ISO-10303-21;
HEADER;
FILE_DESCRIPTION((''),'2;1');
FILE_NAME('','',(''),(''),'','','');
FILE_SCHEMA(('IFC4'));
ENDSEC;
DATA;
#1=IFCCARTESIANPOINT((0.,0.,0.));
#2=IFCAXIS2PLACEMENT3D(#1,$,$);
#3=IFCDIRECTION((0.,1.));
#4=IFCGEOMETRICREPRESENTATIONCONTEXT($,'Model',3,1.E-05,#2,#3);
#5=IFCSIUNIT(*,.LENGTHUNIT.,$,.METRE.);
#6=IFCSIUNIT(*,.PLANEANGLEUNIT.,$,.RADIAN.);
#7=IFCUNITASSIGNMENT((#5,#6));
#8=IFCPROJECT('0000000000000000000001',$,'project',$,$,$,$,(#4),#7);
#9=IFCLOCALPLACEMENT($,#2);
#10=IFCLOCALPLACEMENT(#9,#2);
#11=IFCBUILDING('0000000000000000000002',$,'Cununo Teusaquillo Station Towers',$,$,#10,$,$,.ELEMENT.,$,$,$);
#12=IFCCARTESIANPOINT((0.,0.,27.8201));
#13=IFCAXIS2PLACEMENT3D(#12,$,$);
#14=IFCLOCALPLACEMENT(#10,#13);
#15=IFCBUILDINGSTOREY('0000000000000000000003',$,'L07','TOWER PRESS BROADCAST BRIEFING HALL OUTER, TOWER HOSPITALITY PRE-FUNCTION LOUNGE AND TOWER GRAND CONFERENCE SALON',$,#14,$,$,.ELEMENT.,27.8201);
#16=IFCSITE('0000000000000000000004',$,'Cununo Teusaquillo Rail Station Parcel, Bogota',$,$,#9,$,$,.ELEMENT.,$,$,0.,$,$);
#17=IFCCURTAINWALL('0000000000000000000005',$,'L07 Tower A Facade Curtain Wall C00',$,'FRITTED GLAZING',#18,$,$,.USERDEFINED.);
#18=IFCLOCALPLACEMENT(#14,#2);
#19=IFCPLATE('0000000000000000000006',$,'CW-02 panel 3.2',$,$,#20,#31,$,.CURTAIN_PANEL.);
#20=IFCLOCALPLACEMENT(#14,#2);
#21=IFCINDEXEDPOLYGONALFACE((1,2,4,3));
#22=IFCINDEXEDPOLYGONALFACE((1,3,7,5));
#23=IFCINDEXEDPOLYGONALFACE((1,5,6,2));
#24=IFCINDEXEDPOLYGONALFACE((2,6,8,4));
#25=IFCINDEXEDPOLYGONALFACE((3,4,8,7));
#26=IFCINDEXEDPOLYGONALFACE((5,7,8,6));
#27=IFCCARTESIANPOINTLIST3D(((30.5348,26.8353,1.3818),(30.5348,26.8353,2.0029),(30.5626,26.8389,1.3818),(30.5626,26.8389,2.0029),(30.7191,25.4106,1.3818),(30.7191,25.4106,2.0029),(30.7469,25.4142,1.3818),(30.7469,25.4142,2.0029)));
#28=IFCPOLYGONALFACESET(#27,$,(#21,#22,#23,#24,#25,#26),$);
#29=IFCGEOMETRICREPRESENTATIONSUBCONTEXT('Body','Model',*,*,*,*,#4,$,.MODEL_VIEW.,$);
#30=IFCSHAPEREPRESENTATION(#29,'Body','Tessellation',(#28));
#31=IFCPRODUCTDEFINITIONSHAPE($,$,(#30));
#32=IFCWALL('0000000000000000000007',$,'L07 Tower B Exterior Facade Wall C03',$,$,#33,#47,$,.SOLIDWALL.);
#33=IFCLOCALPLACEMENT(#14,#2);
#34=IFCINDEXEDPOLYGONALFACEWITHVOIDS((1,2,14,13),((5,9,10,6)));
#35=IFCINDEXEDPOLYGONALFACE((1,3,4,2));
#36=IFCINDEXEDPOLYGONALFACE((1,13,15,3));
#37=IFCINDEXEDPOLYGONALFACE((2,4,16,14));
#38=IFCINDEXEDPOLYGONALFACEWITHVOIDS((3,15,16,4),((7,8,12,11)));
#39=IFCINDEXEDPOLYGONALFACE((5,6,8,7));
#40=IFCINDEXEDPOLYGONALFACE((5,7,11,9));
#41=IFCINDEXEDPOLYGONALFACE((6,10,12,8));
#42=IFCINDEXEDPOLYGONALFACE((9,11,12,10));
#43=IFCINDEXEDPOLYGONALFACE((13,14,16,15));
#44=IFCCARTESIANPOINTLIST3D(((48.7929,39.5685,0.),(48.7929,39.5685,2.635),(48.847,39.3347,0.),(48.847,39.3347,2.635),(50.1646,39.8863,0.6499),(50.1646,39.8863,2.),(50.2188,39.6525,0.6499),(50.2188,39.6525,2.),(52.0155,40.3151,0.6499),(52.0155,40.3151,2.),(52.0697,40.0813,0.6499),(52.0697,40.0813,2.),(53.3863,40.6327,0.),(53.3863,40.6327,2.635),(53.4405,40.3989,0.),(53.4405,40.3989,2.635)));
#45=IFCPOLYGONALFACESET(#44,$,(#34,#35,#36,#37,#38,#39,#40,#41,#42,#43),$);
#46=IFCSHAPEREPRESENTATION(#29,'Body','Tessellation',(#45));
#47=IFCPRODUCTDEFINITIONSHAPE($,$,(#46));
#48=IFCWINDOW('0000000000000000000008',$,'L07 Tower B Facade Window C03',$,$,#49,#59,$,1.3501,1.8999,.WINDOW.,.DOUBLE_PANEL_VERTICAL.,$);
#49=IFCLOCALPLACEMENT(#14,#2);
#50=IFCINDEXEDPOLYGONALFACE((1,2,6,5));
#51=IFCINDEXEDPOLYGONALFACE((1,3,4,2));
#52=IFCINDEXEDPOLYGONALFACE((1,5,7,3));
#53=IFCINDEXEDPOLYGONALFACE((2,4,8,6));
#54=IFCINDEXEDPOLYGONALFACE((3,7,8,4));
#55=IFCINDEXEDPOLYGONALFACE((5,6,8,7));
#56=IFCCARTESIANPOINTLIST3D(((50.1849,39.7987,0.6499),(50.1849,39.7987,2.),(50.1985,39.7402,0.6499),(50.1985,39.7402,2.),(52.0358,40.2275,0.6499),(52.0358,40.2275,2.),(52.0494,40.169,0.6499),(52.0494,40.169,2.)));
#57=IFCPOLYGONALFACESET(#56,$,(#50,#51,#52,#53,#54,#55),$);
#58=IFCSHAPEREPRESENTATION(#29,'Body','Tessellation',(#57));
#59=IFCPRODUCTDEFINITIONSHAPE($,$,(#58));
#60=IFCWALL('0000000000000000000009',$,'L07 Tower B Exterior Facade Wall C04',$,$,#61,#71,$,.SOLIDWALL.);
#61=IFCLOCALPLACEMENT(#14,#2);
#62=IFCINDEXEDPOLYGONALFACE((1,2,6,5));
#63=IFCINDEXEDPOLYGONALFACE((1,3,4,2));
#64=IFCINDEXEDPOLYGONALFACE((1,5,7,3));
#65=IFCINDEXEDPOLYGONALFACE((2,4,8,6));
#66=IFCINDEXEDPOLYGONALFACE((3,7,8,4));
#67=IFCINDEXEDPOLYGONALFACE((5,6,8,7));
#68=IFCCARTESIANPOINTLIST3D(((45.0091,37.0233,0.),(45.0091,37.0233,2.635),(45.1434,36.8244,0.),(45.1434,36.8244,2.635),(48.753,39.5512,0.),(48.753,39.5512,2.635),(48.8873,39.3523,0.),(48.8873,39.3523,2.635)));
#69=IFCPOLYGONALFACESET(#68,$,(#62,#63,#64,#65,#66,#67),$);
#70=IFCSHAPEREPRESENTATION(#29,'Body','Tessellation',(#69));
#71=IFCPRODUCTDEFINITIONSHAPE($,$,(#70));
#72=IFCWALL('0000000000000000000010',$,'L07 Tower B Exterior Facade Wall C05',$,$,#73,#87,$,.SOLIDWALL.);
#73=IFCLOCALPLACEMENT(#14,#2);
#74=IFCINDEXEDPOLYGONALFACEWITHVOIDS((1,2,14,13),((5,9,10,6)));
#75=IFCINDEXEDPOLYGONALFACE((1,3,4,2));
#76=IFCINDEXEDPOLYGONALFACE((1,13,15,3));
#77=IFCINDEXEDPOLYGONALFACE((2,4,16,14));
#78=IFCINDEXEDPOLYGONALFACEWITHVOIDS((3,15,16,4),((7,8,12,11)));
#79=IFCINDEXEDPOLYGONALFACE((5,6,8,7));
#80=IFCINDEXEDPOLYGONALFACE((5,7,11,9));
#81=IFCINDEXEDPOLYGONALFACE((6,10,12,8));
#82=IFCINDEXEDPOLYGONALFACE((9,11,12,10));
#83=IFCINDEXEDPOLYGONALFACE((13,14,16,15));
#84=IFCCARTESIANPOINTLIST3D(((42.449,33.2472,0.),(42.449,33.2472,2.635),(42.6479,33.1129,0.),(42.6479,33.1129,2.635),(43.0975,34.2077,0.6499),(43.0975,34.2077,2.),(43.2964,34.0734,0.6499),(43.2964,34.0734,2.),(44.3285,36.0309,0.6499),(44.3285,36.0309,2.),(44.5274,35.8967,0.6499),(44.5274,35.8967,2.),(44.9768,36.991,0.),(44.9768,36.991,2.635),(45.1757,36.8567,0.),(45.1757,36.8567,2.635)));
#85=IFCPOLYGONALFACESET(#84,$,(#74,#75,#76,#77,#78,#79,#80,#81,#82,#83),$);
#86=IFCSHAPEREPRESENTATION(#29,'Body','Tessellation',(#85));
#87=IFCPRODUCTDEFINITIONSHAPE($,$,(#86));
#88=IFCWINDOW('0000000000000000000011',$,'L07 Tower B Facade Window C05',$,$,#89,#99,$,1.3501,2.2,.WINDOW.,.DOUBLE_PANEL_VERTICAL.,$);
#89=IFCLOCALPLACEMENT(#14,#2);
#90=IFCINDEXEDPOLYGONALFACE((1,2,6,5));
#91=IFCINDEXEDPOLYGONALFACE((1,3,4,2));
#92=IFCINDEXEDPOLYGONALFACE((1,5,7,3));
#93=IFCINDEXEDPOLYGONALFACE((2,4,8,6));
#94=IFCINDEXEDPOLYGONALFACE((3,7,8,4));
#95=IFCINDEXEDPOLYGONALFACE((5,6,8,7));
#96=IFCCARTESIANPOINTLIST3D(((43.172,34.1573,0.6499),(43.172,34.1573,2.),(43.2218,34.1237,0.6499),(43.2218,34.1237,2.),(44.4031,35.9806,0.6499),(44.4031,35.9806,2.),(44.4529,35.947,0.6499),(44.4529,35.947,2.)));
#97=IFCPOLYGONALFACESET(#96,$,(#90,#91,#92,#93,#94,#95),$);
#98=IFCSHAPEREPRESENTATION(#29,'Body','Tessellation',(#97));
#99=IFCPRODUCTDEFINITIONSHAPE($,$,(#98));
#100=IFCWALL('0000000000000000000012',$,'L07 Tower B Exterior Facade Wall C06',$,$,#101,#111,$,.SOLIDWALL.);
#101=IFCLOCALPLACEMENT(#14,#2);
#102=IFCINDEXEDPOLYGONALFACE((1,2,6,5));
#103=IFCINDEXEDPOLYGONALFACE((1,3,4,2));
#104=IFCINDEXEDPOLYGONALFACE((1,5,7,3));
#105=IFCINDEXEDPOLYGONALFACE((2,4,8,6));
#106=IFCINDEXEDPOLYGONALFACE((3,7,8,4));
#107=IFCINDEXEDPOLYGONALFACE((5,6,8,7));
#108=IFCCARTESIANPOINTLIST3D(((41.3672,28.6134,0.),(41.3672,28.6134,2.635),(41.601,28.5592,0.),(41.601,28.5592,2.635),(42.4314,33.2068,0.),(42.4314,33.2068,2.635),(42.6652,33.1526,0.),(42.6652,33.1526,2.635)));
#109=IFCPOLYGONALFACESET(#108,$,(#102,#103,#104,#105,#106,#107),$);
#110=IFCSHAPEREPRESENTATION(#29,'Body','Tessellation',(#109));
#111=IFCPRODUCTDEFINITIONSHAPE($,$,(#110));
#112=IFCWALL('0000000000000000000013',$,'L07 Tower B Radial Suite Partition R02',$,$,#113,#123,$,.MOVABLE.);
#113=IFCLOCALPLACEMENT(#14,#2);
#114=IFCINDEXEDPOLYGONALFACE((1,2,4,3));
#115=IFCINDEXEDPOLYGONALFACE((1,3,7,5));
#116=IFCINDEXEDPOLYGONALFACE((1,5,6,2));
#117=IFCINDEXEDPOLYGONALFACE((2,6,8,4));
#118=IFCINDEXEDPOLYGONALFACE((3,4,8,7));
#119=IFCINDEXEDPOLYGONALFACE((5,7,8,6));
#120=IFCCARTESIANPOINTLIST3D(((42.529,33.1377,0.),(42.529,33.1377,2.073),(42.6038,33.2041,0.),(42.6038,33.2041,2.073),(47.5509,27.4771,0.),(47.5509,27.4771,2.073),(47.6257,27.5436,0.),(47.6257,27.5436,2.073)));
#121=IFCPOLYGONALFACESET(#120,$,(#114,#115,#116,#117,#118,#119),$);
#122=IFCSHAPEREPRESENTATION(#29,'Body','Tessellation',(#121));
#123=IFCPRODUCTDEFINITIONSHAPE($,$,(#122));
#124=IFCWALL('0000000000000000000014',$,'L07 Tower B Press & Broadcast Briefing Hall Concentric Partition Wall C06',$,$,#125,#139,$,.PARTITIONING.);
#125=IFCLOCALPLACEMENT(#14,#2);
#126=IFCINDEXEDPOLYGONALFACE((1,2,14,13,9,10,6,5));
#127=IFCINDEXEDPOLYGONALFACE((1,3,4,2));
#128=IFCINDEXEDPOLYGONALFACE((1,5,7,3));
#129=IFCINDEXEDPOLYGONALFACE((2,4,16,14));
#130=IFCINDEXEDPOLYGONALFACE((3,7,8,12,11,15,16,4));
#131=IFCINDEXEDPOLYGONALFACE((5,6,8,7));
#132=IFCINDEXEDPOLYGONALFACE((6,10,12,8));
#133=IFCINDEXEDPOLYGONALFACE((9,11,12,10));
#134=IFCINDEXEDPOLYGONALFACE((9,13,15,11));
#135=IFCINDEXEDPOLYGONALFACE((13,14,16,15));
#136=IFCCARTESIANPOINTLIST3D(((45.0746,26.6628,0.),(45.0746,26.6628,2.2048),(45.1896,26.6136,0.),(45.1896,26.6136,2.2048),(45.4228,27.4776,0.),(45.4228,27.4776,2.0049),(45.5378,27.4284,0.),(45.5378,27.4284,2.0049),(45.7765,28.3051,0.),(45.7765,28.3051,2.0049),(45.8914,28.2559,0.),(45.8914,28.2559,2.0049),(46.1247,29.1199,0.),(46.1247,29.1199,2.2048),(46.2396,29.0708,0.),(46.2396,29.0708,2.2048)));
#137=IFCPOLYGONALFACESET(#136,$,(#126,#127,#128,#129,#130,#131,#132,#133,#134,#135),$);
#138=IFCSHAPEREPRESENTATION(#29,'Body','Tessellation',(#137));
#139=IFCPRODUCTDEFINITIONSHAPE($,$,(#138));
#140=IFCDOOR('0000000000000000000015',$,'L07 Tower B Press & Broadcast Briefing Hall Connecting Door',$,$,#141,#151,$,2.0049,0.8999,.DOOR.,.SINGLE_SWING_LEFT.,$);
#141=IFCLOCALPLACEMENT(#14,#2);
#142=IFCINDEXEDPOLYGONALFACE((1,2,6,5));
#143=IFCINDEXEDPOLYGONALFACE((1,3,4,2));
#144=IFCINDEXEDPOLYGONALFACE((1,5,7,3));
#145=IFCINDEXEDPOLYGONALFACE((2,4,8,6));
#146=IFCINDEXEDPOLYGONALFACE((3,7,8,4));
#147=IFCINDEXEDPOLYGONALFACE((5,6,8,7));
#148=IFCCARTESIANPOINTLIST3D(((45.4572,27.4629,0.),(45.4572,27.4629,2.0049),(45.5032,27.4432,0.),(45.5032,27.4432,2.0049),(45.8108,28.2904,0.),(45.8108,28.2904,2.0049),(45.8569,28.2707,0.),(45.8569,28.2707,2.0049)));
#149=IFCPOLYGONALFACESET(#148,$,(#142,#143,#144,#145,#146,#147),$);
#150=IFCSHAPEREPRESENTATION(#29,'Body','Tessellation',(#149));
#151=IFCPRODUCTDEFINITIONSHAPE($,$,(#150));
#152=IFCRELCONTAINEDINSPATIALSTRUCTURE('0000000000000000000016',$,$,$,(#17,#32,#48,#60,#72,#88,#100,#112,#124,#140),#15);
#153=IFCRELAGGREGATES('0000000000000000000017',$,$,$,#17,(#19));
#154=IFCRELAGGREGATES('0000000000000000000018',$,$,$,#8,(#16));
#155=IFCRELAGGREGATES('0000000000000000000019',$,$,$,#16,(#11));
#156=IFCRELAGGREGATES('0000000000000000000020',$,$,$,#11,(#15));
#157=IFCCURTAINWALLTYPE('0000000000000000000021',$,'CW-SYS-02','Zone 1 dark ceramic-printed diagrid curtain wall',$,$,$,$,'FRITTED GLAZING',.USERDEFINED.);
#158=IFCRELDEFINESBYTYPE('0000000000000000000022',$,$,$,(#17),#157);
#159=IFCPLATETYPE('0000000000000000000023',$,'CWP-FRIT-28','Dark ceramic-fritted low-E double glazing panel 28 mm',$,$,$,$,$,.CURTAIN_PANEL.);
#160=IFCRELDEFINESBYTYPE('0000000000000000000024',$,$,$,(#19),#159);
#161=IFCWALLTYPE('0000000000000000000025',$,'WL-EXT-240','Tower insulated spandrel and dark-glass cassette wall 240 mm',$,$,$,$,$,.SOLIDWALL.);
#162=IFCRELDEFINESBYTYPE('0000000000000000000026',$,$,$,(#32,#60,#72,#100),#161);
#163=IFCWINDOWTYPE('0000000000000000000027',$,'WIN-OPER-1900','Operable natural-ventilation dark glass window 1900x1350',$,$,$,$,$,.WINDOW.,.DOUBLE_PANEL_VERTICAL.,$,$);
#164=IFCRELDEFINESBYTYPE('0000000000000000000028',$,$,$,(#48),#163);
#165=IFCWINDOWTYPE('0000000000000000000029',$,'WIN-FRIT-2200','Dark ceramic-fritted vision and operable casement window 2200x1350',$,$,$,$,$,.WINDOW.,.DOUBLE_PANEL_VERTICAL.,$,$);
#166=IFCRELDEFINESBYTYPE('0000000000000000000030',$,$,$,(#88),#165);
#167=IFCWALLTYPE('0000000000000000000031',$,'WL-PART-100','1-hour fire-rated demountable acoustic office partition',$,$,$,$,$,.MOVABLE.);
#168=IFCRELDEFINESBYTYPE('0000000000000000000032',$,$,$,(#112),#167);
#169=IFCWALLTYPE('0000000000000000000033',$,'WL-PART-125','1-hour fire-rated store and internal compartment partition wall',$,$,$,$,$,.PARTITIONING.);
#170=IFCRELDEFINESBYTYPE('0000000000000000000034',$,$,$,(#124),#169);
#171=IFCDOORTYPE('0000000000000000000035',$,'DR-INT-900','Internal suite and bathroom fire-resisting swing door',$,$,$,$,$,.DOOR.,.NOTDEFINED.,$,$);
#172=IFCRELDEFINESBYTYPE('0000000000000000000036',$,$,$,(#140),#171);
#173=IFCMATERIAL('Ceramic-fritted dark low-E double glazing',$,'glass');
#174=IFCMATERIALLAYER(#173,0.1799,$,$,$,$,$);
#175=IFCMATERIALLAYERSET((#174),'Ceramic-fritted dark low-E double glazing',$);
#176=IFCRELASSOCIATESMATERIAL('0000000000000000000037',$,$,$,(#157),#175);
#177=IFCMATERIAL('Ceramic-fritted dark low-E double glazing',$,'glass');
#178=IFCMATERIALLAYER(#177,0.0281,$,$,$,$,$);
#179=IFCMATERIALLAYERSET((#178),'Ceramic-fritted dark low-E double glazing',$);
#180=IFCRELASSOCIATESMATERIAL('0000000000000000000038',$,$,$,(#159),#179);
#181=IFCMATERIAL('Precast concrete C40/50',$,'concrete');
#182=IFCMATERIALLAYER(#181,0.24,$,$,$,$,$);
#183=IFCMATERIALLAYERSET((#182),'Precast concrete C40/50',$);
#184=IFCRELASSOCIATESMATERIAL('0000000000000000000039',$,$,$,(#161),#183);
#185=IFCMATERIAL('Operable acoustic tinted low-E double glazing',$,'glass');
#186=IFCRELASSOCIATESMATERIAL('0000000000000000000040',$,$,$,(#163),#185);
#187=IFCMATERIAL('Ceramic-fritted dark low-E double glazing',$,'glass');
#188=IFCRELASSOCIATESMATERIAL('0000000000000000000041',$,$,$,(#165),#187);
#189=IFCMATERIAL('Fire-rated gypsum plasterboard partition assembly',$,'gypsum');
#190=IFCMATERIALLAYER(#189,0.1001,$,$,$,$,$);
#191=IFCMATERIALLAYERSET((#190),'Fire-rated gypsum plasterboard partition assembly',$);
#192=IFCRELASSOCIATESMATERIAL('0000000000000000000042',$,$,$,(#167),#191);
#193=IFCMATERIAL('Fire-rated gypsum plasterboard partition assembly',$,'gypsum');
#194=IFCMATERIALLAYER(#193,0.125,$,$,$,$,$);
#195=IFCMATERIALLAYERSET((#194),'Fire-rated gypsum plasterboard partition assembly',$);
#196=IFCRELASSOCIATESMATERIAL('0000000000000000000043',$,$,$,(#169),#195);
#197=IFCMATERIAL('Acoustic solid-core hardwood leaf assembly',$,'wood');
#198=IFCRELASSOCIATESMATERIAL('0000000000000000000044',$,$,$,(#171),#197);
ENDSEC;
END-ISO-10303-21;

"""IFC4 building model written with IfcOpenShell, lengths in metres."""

from ifc_helpers import new_model, si_unit, direction, frame, frame_2d, origin, origin_2d, place, context, subcontext, project, spatial, rectangle, extrude, source, transform, mapped, material, layer, layer_set, type_object, element, fill, aggregate, save


model = new_model("IFC4")

# Units and contexts
model_context = context("Model", 3, precision=1e-05, world=origin(), true_north=direction((0.0, 1.0)))
body_context = subcontext(model_context, "Body", "Model", "MODEL_VIEW")
ifc_project = project(units=[si_unit("LENGTHUNIT", "METRE"), si_unit("PLANEANGLEUNIT", "RADIAN")], contexts=[model_context])

# Site, building, storey
site_placement = place(None, origin())
site = spatial("IfcSite", under=ifc_project, at=site_placement, Name="Cununo Teusaquillo Rail Station Parcel, Bogota", CompositionType="ELEMENT", RefElevation=0.0)
building_placement = place(site_placement, origin())
building = spatial("IfcBuilding", under=site, at=building_placement, Name="Cununo Teusaquillo Station Towers", CompositionType="ELEMENT")
storey_placement = place(building_placement, frame((0.0, 0.0, 27.8201)))
storey = spatial("IfcBuildingStorey", under=building, at=storey_placement, Name="L07", Description="TOWER PRESS BROADCAST BRIEFING HALL OUTER, TOWER HOSPITALITY PRE-FUNCTION LOUNGE AND TOWER GRAND CONFERENCE SALON", CompositionType="ELEMENT", Elevation=27.8201)

# Curtain wall, plate
ifc_material_1 = material(Name="Ceramic-fritted dark low-E double glazing", Category="glass")
ifc_layer_1 = layer(ifc_material_1, 0.1799)
ifc_layer_set_1 = layer_set([ifc_layer_1], Name="Ceramic-fritted dark low-E double glazing")
curtain_wall_type = type_object("IfcCurtainWallType", Name="CW-SYS-02", Description="Zone 1 dark ceramic-printed diagrid curtain wall", ElementType="FRITTED GLAZING", PredefinedType="USERDEFINED", material=ifc_layer_set_1)
curtain_wall_placement = place(storey_placement, origin())
curtain_wall = element("IfcCurtainWall", 1, at=curtain_wall_placement, inside=storey, type_object=curtain_wall_type, Name="L07 Tower A Facade Curtain Wall C00", ObjectType="FRITTED GLAZING", PredefinedType="USERDEFINED")
ifc_material_2 = material(Name="Ceramic-fritted dark low-E double glazing", Category="glass")
ifc_layer_2 = layer(ifc_material_2, 0.0281)
ifc_layer_set_2 = layer_set([ifc_layer_2], Name="Ceramic-fritted dark low-E double glazing")
plate_type = type_object("IfcPlateType", Name="CWP-FRIT-28", Description="Dark ceramic-fritted low-E double glazing panel 28 mm", PredefinedType="CURTAIN_PANEL", material=ifc_layer_set_2)
shared_shape_1 = source(origin(), body_context, "Body", "SweptSolid", [
    extrude(rectangle(XDim=1.4365, YDim=0.0281, at=origin_2d()), origin(), (0.0, 0.0, 1.0), 0.6211),
])
plate_placement = place(storey_placement, frame((30.6409, 26.1248, 1.3818), z_axis=(0.0, 0.0, 1.0), x_axis=(0.128292, -0.991736, 0.0)))
plate = element("IfcPlate", 2, at=plate_placement, type_object=plate_type, Name="CW-02 panel 3.2", PredefinedType="CURTAIN_PANEL", context=body_context, shape_type="MappedRepresentation", body=[
    mapped(shared_shape_1, transform((0.0, 0.0, 0.0), x_axis=(1.0, 0.0, 0.0), y_axis=(0.0, 1.0, 0.0), z_axis=(0.0, 0.0, 1.0), scale=1.0)),
])
aggregate(curtain_wall, [plate])

# Wall, opening, window
ifc_material_3 = material(Name="Precast concrete C40/50", Category="concrete")
ifc_layer_3 = layer(ifc_material_3, 0.24)
ifc_layer_set_3 = layer_set([ifc_layer_3], Name="Precast concrete C40/50")
wall_type_1 = type_object("IfcWallType", Name="WL-EXT-240", Description="Tower insulated spandrel and dark-glass cassette wall 240 mm", PredefinedType="SOLIDWALL", material=ifc_layer_set_3)
wall_1_placement = place(storey_placement, frame((48.8201, 39.4517, 0.0), z_axis=(0.0, 0.0, 1.0), x_axis=(0.974197, 0.225699, 0.0)))
wall_1 = element("IfcWall", 3, at=wall_1_placement, inside=storey, type_object=wall_type_1, Name="L07 Tower B Exterior Facade Wall C03", PredefinedType="SOLIDWALL", context=body_context, shape_type="SweptSolid", body=[
    extrude(rectangle(XDim=4.7151, YDim=0.24, at=frame_2d((2.3574, 0.0))), origin(), (0.0, 0.0, 1.0), 2.635),
])
shared_shape_2 = source(origin(), body_context, "Body", "SweptSolid", [
    extrude(rectangle(XDim=1.8999, YDim=1.3501, at=frame_2d((0.95, 0.675))), frame((0.0, 0.1299, 0.0), z_axis=(0.0, -1.0, 0.0), x_axis=(1.0, 0.0, 0.0)), (0.0, 0.0, 1.0), 0.26),
])
opening_1_placement = place(wall_1_placement, frame((1.408, 0.0, 0.6499)))
opening_1 = element("IfcOpeningElement", 4, at=opening_1_placement, cuts=wall_1, PredefinedType="OPENING", context=body_context, shape_type="MappedRepresentation", body=[
    mapped(shared_shape_2, transform((0.0, 0.0, 0.0), x_axis=(1.0, 0.0, 0.0), y_axis=(0.0, 1.0, 0.0), z_axis=(0.0, 0.0, 1.0), scale=1.0)),
])
ifc_material_4 = material(Name="Operable acoustic tinted low-E double glazing", Category="glass")
window_type_1 = type_object("IfcWindowType", Name="WIN-OPER-1900", Description="Operable natural-ventilation dark glass window 1900x1350", PartitioningType="DOUBLE_PANEL_VERTICAL", PredefinedType="WINDOW", material=ifc_material_4)
shared_shape_3 = source(origin(), body_context, "Body", "SweptSolid", [
    extrude(rectangle(XDim=1.8999, YDim=1.3501, at=frame_2d((0.95, 0.675))), frame((0.0, 0.03, 0.0), z_axis=(0.0, -1.0, 0.0), x_axis=(1.0, 0.0, 0.0)), (0.0, 0.0, 1.0), 0.0601),
])
window_1_placement = place(opening_1_placement, origin())
window_1 = element("IfcWindow", 5, at=window_1_placement, inside=storey, type_object=window_type_1, Name="L07 Tower B Facade Window C03", OverallHeight=1.3501, OverallWidth=1.8999, PartitioningType="DOUBLE_PANEL_VERTICAL", PredefinedType="WINDOW", context=body_context, shape_type="MappedRepresentation", body=[
    mapped(shared_shape_3, transform((0.0, 0.0, 0.0), x_axis=(1.0, 0.0, 0.0), y_axis=(0.0, 1.0, 0.0), z_axis=(0.0, 0.0, 1.0), scale=1.0)),
])
fill(opening_1, window_1)

# Wall
wall_2_placement = place(storey_placement, frame((45.0762, 36.9238, 0.0), z_axis=(0.0, 0.0, 1.0), x_axis=(0.828777, 0.55958, 0.0)))
element("IfcWall", 6, at=wall_2_placement, inside=storey, type_object=wall_type_1, Name="L07 Tower B Exterior Facade Wall C04", PredefinedType="SOLIDWALL", context=body_context, shape_type="SweptSolid", body=[
    extrude(rectangle(XDim=4.5173, YDim=0.24, at=frame_2d((2.2588, 0.0))), origin(), (0.0, 0.0, 1.0), 2.635),
])

# Wall, opening, window
wall_3_placement = place(storey_placement, frame((42.5483, 33.1799, 0.0), z_axis=(0.0, 0.0, 1.0), x_axis=(0.55958, 0.828777, 0.0)))
wall_3 = element("IfcWall", 7, at=wall_3_placement, inside=storey, type_object=wall_type_1, Name="L07 Tower B Exterior Facade Wall C05", PredefinedType="SOLIDWALL", context=body_context, shape_type="SweptSolid", body=[
    extrude(rectangle(XDim=4.5173, YDim=0.24, at=frame_2d((2.2588, 0.0))), origin(), (0.0, 0.0, 1.0), 2.635),
])
shared_shape_4 = source(origin(), body_context, "Body", "SweptSolid", [
    extrude(rectangle(XDim=2.2, YDim=1.3501, at=frame_2d((1.1001, 0.675))), frame((0.0, 0.1299, 0.0), z_axis=(0.0, -1.0, 0.0), x_axis=(1.0, 0.0, 0.0)), (0.0, 0.0, 1.0), 0.26),
])
opening_2_placement = place(wall_3_placement, frame((1.1589, 0.0, 0.6499)))
opening_2 = element("IfcOpeningElement", 8, at=opening_2_placement, cuts=wall_3, PredefinedType="OPENING", context=body_context, shape_type="MappedRepresentation", body=[
    mapped(shared_shape_4, transform((0.0, 0.0, 0.0), x_axis=(1.0, 0.0, 0.0), y_axis=(0.0, 1.0, 0.0), z_axis=(0.0, 0.0, 1.0), scale=1.0)),
])
ifc_material_5 = material(Name="Ceramic-fritted dark low-E double glazing", Category="glass")
window_type_2 = type_object("IfcWindowType", Name="WIN-FRIT-2200", Description="Dark ceramic-fritted vision and operable casement window 2200x1350", PartitioningType="DOUBLE_PANEL_VERTICAL", PredefinedType="WINDOW", material=ifc_material_5)
shared_shape_5 = source(origin(), body_context, "Body", "SweptSolid", [
    extrude(rectangle(XDim=2.2, YDim=1.3501, at=frame_2d((1.1001, 0.675))), frame((0.0, 0.03, 0.0), z_axis=(0.0, -1.0, 0.0), x_axis=(1.0, 0.0, 0.0)), (0.0, 0.0, 1.0), 0.0601),
])
window_2_placement = place(opening_2_placement, origin())
window_2 = element("IfcWindow", 9, at=window_2_placement, inside=storey, type_object=window_type_2, Name="L07 Tower B Facade Window C05", OverallHeight=1.3501, OverallWidth=2.2, PartitioningType="DOUBLE_PANEL_VERTICAL", PredefinedType="WINDOW", context=body_context, shape_type="MappedRepresentation", body=[
    mapped(shared_shape_5, transform((0.0, 0.0, 0.0), x_axis=(1.0, 0.0, 0.0), y_axis=(0.0, 1.0, 0.0), z_axis=(0.0, 0.0, 1.0), scale=1.0)),
])
fill(opening_2, window_2)

# Walls
wall_4_placement = place(storey_placement, frame((41.4841, 28.5864, 0.0), z_axis=(0.0, 0.0, 1.0), x_axis=(0.225699, 0.974197, 0.0)))
element("IfcWall", 10, at=wall_4_placement, inside=storey, type_object=wall_type_1, Name="L07 Tower B Exterior Facade Wall C06", PredefinedType="SOLIDWALL", context=body_context, shape_type="SweptSolid", body=[
    extrude(rectangle(XDim=4.7151, YDim=0.24, at=frame_2d((2.3574, 0.0))), origin(), (0.0, 0.0, 1.0), 2.635),
])
ifc_material_6 = material(Name="Fire-rated gypsum plasterboard partition assembly", Category="gypsum")
ifc_layer_4 = layer(ifc_material_6, 0.1001)
ifc_layer_set_4 = layer_set([ifc_layer_4], Name="Fire-rated gypsum plasterboard partition assembly")
wall_type_2 = type_object("IfcWallType", Name="WL-PART-100", Description="1-hour fire-rated demountable acoustic office partition", PredefinedType="MOVABLE", material=ifc_layer_set_4)
wall_5_placement = place(storey_placement, frame((47.5884, 27.5103, 0.0), z_axis=(0.0, 0.0, 1.0), x_axis=(-0.663647, 0.748046, 0.0)))
element("IfcWall", 11, at=wall_5_placement, inside=storey, type_object=wall_type_2, Name="L07 Tower B Radial Suite Partition R02", PredefinedType="MOVABLE", context=body_context, shape_type="SweptSolid", body=[
    extrude(rectangle(XDim=7.5671, YDim=0.1001, at=frame_2d((3.7837, 0.0))), origin(), (0.0, 0.0, 1.0), 2.073),
])

# Wall, opening, door
ifc_material_7 = material(Name="Fire-rated gypsum plasterboard partition assembly", Category="gypsum")
ifc_layer_5 = layer(ifc_material_7, 0.125)
ifc_layer_set_5 = layer_set([ifc_layer_5], Name="Fire-rated gypsum plasterboard partition assembly")
wall_type_3 = type_object("IfcWallType", Name="WL-PART-125", Description="1-hour fire-rated store and internal compartment partition wall", PredefinedType="PARTITIONING", material=ifc_layer_set_5)
wall_6_placement = place(storey_placement, frame((46.1821, 29.0952, 0.0), z_axis=(0.0, 0.0, 1.0), x_axis=(-0.392982, -0.919546, 0.0)))
wall_6 = element("IfcWall", 12, at=wall_6_placement, inside=storey, type_object=wall_type_3, Name="L07 Tower B Press & Broadcast Briefing Hall Concentric Partition Wall C06", PredefinedType="PARTITIONING", context=body_context, shape_type="SweptSolid", body=[
    extrude(rectangle(XDim=2.6721, YDim=0.125, at=frame_2d((1.3359, 0.0))), origin(), (0.0, 0.0, 1.0), 2.2048),
])
shared_shape_6 = source(origin(), body_context, "Body", "SweptSolid", [
    extrude(rectangle(XDim=0.8999, YDim=2.0049, at=frame_2d((0.45, 1.0024))), frame((0.0, 0.0725, 0.0), z_axis=(0.0, -1.0, 0.0), x_axis=(1.0, 0.0, 0.0)), (0.0, 0.0, 1.0), 0.145),
])
opening_3_placement = place(wall_6_placement, frame((0.886, 0.0, 0.0)))
opening_3 = element("IfcOpeningElement", 13, at=opening_3_placement, cuts=wall_6, PredefinedType="OPENING", context=body_context, shape_type="MappedRepresentation", body=[
    mapped(shared_shape_6, transform((0.0, 0.0, 0.0), x_axis=(1.0, 0.0, 0.0), y_axis=(0.0, 1.0, 0.0), z_axis=(0.0, 0.0, 1.0), scale=1.0)),
])
ifc_material_8 = material(Name="Acoustic solid-core hardwood leaf assembly", Category="wood")
door_type = type_object("IfcDoorType", Name="DR-INT-900", Description="Internal suite and bathroom fire-resisting swing door", OperationType="NOTDEFINED", PredefinedType="DOOR", material=ifc_material_8)
shared_shape_7 = source(origin(), body_context, "Body", "SweptSolid", [
    extrude(rectangle(XDim=0.8999, YDim=2.0049, at=frame_2d((0.45, 1.0024))), frame((0.0, 0.0249, 0.0), z_axis=(0.0, -1.0, 0.0), x_axis=(1.0, 0.0, 0.0)), (0.0, 0.0, 1.0), 0.05),
])
door_placement = place(opening_3_placement, origin())
door = element("IfcDoor", 14, at=door_placement, inside=storey, type_object=door_type, Name="L07 Tower B Press & Broadcast Briefing Hall Connecting Door", OperationType="SINGLE_SWING_LEFT", OverallHeight=2.0049, OverallWidth=0.8999, PredefinedType="DOOR", context=body_context, shape_type="MappedRepresentation", body=[
    mapped(shared_shape_7, transform((0.0, 0.0, 0.0), x_axis=(1.0, 0.0, 0.0), y_axis=(0.0, 1.0, 0.0), z_axis=(0.0, 0.0, 1.0), scale=1.0)),
])
fill(opening_3, door)

save(model, "model.ifc")
